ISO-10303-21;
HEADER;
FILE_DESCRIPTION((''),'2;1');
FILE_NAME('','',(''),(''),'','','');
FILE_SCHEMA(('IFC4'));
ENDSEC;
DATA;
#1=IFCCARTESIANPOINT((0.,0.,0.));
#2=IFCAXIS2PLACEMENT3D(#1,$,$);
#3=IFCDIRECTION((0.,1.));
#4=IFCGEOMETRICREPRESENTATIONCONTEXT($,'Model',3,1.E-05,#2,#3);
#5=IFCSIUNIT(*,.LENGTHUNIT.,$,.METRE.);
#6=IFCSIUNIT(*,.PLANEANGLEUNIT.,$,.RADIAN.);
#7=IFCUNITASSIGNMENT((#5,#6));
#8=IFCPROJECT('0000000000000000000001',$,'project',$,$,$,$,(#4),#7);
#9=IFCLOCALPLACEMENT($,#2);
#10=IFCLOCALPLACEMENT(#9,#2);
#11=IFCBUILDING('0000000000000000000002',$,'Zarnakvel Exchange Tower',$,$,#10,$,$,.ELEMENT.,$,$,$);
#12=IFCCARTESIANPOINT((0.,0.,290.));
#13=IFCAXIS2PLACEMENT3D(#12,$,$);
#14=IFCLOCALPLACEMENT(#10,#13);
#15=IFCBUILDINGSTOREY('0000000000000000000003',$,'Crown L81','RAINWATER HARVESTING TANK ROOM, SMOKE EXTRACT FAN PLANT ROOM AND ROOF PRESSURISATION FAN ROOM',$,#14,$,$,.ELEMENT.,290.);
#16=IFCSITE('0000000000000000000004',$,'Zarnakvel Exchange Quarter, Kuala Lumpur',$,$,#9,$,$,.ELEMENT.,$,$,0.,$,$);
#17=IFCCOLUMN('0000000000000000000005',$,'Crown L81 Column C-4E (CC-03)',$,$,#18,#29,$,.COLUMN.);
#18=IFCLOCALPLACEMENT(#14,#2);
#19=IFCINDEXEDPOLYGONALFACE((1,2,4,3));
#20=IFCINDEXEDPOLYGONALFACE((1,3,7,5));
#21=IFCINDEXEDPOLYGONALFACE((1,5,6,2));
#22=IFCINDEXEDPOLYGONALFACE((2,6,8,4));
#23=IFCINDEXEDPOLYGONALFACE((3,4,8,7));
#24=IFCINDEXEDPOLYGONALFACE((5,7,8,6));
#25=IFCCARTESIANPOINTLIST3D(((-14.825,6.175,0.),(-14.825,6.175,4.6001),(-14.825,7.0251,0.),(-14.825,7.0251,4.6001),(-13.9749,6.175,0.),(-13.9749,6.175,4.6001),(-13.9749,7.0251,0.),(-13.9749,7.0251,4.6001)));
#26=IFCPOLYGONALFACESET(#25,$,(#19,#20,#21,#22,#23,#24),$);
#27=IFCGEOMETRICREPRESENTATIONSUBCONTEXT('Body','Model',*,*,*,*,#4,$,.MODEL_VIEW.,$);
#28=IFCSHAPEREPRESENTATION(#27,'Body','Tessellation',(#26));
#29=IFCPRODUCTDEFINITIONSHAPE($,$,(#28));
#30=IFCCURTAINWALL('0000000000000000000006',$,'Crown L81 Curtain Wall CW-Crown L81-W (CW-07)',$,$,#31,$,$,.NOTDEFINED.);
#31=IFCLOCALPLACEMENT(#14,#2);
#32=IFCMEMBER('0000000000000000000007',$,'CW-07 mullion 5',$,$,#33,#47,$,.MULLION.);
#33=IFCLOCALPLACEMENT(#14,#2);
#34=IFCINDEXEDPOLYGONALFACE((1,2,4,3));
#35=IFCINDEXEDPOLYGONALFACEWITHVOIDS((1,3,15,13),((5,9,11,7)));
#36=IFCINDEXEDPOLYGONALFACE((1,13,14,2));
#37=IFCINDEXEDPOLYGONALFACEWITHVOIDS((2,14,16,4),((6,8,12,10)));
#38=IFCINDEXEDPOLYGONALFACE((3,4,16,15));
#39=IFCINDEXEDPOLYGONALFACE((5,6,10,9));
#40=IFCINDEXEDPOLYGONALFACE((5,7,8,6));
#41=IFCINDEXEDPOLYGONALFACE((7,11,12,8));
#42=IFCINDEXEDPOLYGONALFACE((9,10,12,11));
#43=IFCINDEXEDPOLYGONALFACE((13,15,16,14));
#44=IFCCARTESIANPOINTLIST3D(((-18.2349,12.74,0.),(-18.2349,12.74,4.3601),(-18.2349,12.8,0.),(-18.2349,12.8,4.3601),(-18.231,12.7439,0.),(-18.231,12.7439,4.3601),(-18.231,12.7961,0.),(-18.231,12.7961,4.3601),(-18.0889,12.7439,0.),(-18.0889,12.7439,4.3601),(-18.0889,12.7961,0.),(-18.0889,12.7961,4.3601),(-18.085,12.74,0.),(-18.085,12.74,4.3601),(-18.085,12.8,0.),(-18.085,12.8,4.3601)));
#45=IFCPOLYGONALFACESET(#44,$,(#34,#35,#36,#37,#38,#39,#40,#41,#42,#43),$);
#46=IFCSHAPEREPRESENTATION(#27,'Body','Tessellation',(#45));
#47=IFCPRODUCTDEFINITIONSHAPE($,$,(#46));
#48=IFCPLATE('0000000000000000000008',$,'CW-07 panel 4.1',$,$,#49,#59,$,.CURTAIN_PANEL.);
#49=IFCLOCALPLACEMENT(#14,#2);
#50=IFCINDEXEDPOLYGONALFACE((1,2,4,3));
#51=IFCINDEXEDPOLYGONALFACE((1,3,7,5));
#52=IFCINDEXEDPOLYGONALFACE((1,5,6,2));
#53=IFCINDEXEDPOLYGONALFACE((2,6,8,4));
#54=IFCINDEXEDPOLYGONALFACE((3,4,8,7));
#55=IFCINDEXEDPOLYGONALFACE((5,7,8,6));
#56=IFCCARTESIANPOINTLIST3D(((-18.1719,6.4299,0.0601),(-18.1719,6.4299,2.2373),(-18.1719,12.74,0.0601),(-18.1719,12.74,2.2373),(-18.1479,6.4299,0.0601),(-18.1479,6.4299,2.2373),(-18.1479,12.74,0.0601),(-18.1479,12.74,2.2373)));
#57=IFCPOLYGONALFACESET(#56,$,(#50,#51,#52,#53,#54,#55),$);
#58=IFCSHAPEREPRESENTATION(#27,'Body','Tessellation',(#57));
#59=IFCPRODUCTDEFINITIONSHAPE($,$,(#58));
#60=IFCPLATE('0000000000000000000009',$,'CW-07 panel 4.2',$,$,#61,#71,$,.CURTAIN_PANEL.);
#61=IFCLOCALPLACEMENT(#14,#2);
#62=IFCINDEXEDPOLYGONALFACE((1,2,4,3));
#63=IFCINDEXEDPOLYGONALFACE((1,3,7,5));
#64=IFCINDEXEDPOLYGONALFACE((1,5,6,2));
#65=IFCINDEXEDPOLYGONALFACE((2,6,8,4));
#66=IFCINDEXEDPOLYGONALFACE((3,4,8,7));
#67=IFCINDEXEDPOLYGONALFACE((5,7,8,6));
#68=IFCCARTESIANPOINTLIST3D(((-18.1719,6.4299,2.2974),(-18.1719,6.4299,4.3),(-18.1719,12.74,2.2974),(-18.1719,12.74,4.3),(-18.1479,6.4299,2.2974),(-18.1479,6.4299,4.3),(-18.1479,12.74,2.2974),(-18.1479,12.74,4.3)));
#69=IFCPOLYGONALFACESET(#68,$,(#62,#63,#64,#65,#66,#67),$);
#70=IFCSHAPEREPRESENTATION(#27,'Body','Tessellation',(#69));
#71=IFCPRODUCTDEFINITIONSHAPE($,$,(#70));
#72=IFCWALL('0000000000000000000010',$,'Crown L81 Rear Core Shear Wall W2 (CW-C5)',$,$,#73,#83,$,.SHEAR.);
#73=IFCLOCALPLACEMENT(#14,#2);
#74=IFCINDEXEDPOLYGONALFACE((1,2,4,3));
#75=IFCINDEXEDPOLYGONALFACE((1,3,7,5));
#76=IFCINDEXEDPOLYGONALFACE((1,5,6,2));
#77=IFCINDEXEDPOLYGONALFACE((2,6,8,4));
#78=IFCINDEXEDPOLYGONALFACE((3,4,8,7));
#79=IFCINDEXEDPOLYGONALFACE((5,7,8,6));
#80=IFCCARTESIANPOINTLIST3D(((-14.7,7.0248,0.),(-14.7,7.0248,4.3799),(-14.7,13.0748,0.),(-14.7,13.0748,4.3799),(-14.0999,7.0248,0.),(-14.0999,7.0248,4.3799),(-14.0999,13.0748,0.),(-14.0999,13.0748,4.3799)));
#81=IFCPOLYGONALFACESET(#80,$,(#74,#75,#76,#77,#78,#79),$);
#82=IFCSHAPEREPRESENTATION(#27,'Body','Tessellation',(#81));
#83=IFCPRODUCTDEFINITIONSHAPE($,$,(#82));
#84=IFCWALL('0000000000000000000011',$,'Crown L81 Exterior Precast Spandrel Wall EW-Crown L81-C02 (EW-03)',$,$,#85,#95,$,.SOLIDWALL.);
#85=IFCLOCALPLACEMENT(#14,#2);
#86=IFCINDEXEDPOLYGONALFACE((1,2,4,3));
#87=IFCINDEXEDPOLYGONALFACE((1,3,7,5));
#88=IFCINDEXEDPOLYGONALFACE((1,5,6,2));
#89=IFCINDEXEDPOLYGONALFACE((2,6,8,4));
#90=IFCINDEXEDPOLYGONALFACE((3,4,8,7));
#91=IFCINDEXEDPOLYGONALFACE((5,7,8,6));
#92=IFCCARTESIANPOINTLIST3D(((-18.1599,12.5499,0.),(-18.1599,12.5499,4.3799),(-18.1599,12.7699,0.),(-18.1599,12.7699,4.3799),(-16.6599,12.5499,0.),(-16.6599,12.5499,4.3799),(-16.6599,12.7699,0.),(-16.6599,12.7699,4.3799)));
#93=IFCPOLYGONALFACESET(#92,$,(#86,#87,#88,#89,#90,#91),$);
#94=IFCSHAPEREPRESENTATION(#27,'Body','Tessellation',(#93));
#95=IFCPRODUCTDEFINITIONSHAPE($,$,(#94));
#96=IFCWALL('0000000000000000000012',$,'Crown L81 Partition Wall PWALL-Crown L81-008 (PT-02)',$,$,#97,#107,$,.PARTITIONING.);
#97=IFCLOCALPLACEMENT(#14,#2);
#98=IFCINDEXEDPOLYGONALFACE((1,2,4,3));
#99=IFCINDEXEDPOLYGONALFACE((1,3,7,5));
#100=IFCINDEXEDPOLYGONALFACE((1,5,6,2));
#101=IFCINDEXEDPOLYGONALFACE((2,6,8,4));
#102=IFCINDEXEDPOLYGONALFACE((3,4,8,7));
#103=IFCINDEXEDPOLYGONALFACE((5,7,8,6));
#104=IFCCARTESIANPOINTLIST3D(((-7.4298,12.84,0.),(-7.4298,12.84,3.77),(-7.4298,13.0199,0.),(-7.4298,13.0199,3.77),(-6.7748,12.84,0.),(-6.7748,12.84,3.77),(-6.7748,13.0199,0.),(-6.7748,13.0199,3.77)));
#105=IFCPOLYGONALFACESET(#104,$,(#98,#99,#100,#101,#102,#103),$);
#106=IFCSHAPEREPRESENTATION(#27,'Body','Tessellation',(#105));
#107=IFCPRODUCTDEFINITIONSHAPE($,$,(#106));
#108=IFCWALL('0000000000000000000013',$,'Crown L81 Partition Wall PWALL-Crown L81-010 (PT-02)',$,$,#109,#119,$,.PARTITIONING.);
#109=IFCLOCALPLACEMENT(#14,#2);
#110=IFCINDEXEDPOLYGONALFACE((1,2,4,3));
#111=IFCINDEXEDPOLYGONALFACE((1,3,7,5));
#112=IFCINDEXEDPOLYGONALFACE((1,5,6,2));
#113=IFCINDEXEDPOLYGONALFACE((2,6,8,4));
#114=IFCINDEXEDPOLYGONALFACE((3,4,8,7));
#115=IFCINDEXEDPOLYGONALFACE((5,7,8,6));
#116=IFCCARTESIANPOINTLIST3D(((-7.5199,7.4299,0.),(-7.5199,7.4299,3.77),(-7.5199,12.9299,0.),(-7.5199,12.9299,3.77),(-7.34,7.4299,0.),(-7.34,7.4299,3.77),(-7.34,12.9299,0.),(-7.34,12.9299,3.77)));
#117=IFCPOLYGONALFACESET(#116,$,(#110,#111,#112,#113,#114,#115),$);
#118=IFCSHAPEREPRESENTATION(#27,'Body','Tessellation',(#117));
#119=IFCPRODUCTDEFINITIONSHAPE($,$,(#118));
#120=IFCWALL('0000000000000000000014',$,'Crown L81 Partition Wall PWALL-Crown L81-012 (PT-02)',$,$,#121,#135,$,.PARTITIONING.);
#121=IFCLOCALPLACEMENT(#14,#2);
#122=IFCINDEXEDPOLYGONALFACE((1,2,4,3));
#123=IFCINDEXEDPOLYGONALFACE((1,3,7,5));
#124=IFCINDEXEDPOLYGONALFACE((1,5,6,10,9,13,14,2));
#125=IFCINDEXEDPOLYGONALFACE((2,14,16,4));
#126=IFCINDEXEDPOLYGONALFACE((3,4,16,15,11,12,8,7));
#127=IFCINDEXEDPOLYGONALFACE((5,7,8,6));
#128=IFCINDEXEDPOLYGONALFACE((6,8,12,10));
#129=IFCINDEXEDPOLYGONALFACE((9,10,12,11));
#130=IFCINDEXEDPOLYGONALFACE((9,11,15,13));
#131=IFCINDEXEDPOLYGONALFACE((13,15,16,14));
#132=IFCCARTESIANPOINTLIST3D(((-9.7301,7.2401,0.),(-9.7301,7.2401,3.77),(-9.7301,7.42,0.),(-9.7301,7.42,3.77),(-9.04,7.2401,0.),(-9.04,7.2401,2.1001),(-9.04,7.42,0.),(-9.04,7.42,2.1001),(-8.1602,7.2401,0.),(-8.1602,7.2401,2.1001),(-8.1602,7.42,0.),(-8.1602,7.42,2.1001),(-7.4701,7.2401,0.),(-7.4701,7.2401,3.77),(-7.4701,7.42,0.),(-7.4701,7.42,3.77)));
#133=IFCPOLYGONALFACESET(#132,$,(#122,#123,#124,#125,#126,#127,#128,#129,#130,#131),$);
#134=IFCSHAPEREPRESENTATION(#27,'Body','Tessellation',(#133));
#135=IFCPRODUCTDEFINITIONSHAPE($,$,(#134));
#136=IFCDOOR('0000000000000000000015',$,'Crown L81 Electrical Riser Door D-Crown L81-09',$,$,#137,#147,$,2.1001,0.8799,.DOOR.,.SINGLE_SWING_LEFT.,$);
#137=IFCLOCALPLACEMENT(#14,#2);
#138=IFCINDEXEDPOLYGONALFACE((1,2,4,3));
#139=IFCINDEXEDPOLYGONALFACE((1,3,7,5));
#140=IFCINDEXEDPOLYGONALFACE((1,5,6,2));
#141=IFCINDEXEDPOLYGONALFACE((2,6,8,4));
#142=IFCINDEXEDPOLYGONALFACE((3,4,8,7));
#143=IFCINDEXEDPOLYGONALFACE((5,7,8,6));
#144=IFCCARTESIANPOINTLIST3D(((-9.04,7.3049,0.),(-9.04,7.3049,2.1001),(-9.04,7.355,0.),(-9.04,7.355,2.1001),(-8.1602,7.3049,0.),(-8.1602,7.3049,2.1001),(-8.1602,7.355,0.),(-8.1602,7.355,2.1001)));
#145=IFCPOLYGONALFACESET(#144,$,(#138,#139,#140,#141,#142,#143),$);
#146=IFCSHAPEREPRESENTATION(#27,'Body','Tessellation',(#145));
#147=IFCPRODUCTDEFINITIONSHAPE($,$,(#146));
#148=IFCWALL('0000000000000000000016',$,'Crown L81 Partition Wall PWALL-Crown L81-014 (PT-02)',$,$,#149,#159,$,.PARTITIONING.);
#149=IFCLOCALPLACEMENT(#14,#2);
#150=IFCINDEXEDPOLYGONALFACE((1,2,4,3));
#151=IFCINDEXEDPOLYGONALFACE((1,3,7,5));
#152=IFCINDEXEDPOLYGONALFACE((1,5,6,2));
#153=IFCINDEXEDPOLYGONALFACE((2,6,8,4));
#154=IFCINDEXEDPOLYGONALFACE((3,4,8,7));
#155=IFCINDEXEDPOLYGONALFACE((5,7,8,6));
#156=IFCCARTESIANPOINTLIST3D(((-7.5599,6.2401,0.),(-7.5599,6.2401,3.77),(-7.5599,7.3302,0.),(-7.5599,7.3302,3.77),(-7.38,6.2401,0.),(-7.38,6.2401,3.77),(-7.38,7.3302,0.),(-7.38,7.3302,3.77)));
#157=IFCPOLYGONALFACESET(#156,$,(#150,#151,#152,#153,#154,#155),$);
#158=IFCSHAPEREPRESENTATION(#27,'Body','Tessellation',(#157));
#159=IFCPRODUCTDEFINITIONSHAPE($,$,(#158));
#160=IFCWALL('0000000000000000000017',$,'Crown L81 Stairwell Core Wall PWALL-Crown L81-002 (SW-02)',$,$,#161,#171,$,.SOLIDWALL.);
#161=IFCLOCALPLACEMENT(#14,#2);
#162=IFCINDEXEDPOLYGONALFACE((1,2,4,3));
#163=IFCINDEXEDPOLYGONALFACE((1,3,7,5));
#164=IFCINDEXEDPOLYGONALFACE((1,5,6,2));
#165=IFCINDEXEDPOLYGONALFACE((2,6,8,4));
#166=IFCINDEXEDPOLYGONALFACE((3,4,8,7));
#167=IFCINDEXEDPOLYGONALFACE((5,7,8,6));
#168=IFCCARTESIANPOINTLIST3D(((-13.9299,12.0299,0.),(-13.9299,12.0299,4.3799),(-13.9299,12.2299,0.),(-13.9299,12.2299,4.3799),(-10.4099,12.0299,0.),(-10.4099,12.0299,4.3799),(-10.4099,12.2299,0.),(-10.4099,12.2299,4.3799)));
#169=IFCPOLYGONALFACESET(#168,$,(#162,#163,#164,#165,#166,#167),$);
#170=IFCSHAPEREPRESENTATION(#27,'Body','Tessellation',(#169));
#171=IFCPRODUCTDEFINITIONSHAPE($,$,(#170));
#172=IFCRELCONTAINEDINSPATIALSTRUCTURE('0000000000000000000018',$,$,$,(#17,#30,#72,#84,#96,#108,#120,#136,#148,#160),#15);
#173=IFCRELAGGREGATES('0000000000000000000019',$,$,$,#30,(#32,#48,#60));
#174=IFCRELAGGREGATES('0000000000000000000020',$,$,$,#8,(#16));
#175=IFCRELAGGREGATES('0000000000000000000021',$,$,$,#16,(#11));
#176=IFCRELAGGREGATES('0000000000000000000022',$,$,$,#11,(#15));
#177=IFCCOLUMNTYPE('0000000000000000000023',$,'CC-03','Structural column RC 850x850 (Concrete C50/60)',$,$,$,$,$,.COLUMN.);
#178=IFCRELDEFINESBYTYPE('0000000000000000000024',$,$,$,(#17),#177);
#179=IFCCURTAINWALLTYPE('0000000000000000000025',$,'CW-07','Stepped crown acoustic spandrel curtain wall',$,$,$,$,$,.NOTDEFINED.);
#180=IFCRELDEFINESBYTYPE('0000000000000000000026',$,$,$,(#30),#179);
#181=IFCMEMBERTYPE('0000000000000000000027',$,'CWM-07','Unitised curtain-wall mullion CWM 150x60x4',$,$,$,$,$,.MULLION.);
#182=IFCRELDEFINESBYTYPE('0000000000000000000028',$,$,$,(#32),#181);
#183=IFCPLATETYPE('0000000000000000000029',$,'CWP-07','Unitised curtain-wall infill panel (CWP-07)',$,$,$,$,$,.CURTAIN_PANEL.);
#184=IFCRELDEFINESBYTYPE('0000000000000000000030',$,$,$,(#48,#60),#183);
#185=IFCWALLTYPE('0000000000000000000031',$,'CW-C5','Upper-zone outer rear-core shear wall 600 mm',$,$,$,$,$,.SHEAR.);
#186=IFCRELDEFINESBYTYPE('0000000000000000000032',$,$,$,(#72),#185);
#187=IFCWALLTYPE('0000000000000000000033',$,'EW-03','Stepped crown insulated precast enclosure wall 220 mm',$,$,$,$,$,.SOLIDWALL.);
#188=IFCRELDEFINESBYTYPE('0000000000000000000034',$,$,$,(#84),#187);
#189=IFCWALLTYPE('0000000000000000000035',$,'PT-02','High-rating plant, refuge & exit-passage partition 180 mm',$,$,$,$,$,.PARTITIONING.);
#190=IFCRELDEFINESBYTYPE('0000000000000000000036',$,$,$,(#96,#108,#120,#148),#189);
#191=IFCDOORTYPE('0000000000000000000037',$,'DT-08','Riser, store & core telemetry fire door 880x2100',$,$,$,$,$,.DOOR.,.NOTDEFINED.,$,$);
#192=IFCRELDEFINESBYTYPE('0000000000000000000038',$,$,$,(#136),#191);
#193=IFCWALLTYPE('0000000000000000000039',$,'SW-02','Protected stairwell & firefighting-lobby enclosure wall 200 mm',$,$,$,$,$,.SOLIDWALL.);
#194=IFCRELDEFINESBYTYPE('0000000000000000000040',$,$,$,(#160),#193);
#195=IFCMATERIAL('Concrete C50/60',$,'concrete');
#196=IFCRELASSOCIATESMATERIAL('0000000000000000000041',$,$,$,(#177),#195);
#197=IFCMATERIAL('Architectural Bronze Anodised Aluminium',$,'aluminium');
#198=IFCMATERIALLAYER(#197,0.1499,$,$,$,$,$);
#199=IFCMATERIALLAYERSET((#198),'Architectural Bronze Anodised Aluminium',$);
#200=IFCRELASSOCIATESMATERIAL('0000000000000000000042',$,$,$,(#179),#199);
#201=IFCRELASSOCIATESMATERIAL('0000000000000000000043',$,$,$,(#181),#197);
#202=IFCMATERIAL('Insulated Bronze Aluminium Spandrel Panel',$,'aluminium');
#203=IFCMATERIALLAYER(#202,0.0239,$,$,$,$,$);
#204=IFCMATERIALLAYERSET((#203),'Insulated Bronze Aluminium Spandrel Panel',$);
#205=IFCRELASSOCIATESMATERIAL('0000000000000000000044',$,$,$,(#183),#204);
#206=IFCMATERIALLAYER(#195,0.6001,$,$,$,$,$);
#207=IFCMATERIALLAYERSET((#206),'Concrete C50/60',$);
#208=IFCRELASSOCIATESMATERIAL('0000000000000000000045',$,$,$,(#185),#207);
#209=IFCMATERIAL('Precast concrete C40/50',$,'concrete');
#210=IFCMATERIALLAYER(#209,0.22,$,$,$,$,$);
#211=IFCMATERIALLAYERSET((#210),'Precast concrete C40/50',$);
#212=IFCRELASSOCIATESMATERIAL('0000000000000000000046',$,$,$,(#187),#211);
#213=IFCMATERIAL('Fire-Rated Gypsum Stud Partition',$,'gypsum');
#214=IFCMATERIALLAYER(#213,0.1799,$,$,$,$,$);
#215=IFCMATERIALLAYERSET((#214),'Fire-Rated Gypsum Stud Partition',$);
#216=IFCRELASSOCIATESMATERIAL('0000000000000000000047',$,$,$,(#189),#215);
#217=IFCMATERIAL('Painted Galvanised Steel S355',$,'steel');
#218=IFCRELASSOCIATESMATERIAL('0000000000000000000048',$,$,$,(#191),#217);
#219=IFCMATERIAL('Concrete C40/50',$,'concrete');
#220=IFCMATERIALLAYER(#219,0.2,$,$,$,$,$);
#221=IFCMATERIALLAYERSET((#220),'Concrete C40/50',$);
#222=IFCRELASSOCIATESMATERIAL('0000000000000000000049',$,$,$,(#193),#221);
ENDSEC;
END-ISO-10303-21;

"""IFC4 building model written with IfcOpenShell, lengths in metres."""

from ifc_helpers import new_model, si_unit, direction, frame, frame_2d, origin, origin_2d, place, context, subcontext, project, spatial, rectangle, hollow_rectangle, extrude, source, transform, mapped, material, layer, layer_set, material_profile, profile_set, type_object, element, fill, aggregate, save


model = new_model("IFC4")

# Units and contexts
model_context = context("Model", 3, precision=1e-05, world=origin(), true_north=direction((0.0, 1.0)))
body_context = subcontext(model_context, "Body", "Model", "MODEL_VIEW")
ifc_project = project(units=[si_unit("LENGTHUNIT", "METRE"), si_unit("PLANEANGLEUNIT", "RADIAN")], contexts=[model_context])

# Site, building, storey
site_placement = place(None, origin())
site = spatial("IfcSite", under=ifc_project, at=site_placement, Name="Zarnakvel Exchange Quarter, Kuala Lumpur", CompositionType="ELEMENT", RefElevation=0.0)
building_placement = place(site_placement, origin())
building = spatial("IfcBuilding", under=site, at=building_placement, Name="Zarnakvel Exchange Tower", CompositionType="ELEMENT")
storey_placement = place(building_placement, frame((0.0, 0.0, 290.0)))
storey = spatial("IfcBuildingStorey", under=building, at=storey_placement, Name="Crown L81", Description="RAINWATER HARVESTING TANK ROOM, SMOKE EXTRACT FAN PLANT ROOM AND ROOF PRESSURISATION FAN ROOM", CompositionType="ELEMENT", Elevation=290.0)

# Column
ifc_material_1 = material(Name="Concrete C50/60", Category="concrete")
ifc_material_profile_1 = material_profile(ifc_material_1, rectangle(XDim=0.8501, YDim=0.8501, at=origin_2d()))
ifc_profile_set_1 = profile_set([ifc_material_profile_1], Name="Concrete C50/60")
column_type = type_object("IfcColumnType", Name="CC-03", Description="Structural column RC 850x850 (Concrete C50/60)", PredefinedType="COLUMN", material=ifc_profile_set_1)
column_placement = place(storey_placement, frame((-14.3999, 6.6001, 0.0), z_axis=(0.0, 0.0, 1.0), x_axis=(1.0, 0.0, 0.0)))
element("IfcColumn", 1, at=column_placement, inside=storey, type_object=column_type, Name="Crown L81 Column C-4E (CC-03)", PredefinedType="COLUMN", context=body_context, shape_type="SweptSolid", body=[
    extrude(rectangle(XDim=0.8501, YDim=0.8501, at=origin_2d()), origin(), (0.0, 0.0, 1.0), 4.6001),
])

# Curtain wall, member, plates
ifc_material_2 = material(Name="Architectural Bronze Anodised Aluminium", Category="aluminium")
ifc_layer_1 = layer(ifc_material_2, 0.1499)
ifc_layer_set_1 = layer_set([ifc_layer_1], Name="Architectural Bronze Anodised Aluminium")
curtain_wall_type = type_object("IfcCurtainWallType", Name="CW-07", Description="Stepped crown acoustic spandrel curtain wall", PredefinedType="NOTDEFINED", material=ifc_layer_set_1)
curtain_wall_placement = place(storey_placement, origin())
curtain_wall = element("IfcCurtainWall", 2, at=curtain_wall_placement, inside=storey, type_object=curtain_wall_type, Name="Crown L81 Curtain Wall CW-Crown L81-W (CW-07)", PredefinedType="NOTDEFINED")
ifc_material_profile_2 = material_profile(ifc_material_2, hollow_rectangle(XDim=0.1499, YDim=0.0601, WallThickness=0.0039, at=origin_2d()))
ifc_profile_set_2 = profile_set([ifc_material_profile_2], Name="Architectural Bronze Anodised Aluminium")
member_type = type_object("IfcMemberType", Name="CWM-07", Description="Unitised curtain-wall mullion CWM 150x60x4", PredefinedType="MULLION", material=ifc_profile_set_2)
shared_shape_1 = source(origin(), body_context, "Body", "SweptSolid", [
    extrude(hollow_rectangle(XDim=0.1499, YDim=0.0601, WallThickness=0.0039, at=origin_2d()), origin(), (0.0, 0.0, 1.0), 4.3601),
])
member_placement = place(storey_placement, frame((-18.1599, 12.77, 0.0), z_axis=(0.0, 0.0, 1.0), x_axis=(-1.0, 0.0, 0.0)))
member = element("IfcMember", 3, at=member_placement, type_object=member_type, Name="CW-07 mullion 5", PredefinedType="MULLION", context=body_context, shape_type="MappedRepresentation", body=[
    mapped(shared_shape_1, transform((0.0, 0.0, 0.0), x_axis=(1.0, 0.0, 0.0), y_axis=(0.0, 1.0, 0.0), z_axis=(0.0, 0.0, 1.0), scale=1.0)),
])
ifc_material_3 = material(Name="Insulated Bronze Aluminium Spandrel Panel", Category="aluminium")
ifc_layer_2 = layer(ifc_material_3, 0.0239)
ifc_layer_set_2 = layer_set([ifc_layer_2], Name="Insulated Bronze Aluminium Spandrel Panel")
plate_type = type_object("IfcPlateType", Name="CWP-07", Description="Unitised curtain-wall infill panel (CWP-07)", PredefinedType="CURTAIN_PANEL", material=ifc_layer_set_2)
shared_shape_2 = source(origin(), body_context, "Body", "SweptSolid", [
    extrude(rectangle(XDim=6.3101, YDim=0.0239, at=origin_2d()), origin(), (0.0, 0.0, 1.0), 2.1772),
])
plate_1_placement = place(storey_placement, frame((-18.1599, 9.585, 0.0601), z_axis=(0.0, 0.0, 1.0), x_axis=(0.0, 1.0, 0.0)))
plate_1 = element("IfcPlate", 4, at=plate_1_placement, type_object=plate_type, Name="CW-07 panel 4.1", PredefinedType="CURTAIN_PANEL", context=body_context, shape_type="MappedRepresentation", body=[
    mapped(shared_shape_2, transform((0.0, 0.0, 0.0), x_axis=(1.0, 0.0, 0.0), y_axis=(0.0, 1.0, 0.0), z_axis=(0.0, 0.0, 1.0), scale=1.0)),
])
shared_shape_3 = source(origin(), body_context, "Body", "SweptSolid", [
    extrude(rectangle(XDim=6.3101, YDim=0.0239, at=origin_2d()), origin(), (0.0, 0.0, 1.0), 2.0027),
])
plate_2_placement = place(storey_placement, frame((-18.1599, 9.585, 2.2974), z_axis=(0.0, 0.0, 1.0), x_axis=(0.0, 1.0, 0.0)))
plate_2 = element("IfcPlate", 5, at=plate_2_placement, type_object=plate_type, Name="CW-07 panel 4.2", PredefinedType="CURTAIN_PANEL", context=body_context, shape_type="MappedRepresentation", body=[
    mapped(shared_shape_3, transform((0.0, 0.0, 0.0), x_axis=(1.0, 0.0, 0.0), y_axis=(0.0, 1.0, 0.0), z_axis=(0.0, 0.0, 1.0), scale=1.0)),
])
aggregate(curtain_wall, [member, plate_1, plate_2])

# Walls
ifc_layer_3 = layer(ifc_material_1, 0.6001)
ifc_layer_set_3 = layer_set([ifc_layer_3], Name="Concrete C50/60")
wall_type_1 = type_object("IfcWallType", Name="CW-C5", Description="Upper-zone outer rear-core shear wall 600 mm", PredefinedType="SHEAR", material=ifc_layer_set_3)
wall_1_placement = place(storey_placement, frame((-14.3999, 7.0249, 0.0), z_axis=(0.0, 0.0, 1.0), x_axis=(0.0, 1.0, 0.0)))
element("IfcWall", 6, at=wall_1_placement, inside=storey, type_object=wall_type_1, Name="Crown L81 Rear Core Shear Wall W2 (CW-C5)", PredefinedType="SHEAR", context=body_context, shape_type="SweptSolid", body=[
    extrude(rectangle(XDim=6.05, YDim=0.6001, at=frame_2d((3.0249, 0.0))), origin(), (0.0, 0.0, 1.0), 4.3799),
])
ifc_material_4 = material(Name="Precast concrete C40/50", Category="concrete")
ifc_layer_4 = layer(ifc_material_4, 0.22)
ifc_layer_set_4 = layer_set([ifc_layer_4], Name="Precast concrete C40/50")
wall_type_2 = type_object("IfcWallType", Name="EW-03", Description="Stepped crown insulated precast enclosure wall 220 mm", PredefinedType="SOLIDWALL", material=ifc_layer_set_4)
wall_2_placement = place(storey_placement, frame((-16.6599, 12.6599, 0.0), z_axis=(0.0, 0.0, 1.0), x_axis=(-1.0, 0.0, 0.0)))
element("IfcWall", 7, at=wall_2_placement, inside=storey, type_object=wall_type_2, Name="Crown L81 Exterior Precast Spandrel Wall EW-Crown L81-C02 (EW-03)", PredefinedType="SOLIDWALL", context=body_context, shape_type="SweptSolid", body=[
    extrude(rectangle(XDim=1.5, YDim=0.22, at=frame_2d((0.75, 0.0))), origin(), (0.0, 0.0, 1.0), 4.3799),
])
ifc_material_5 = material(Name="Fire-Rated Gypsum Stud Partition", Category="gypsum")
ifc_layer_5 = layer(ifc_material_5, 0.1799)
ifc_layer_set_5 = layer_set([ifc_layer_5], Name="Fire-Rated Gypsum Stud Partition")
wall_type_3 = type_object("IfcWallType", Name="PT-02", Description="High-rating plant, refuge & exit-passage partition 180 mm", PredefinedType="PARTITIONING", material=ifc_layer_set_5)
wall_3_placement = place(storey_placement, frame((-7.4299, 12.9299, 0.0), z_axis=(0.0, 0.0, 1.0), x_axis=(1.0, 0.0, 0.0)))
element("IfcWall", 8, at=wall_3_placement, inside=storey, type_object=wall_type_3, Name="Crown L81 Partition Wall PWALL-Crown L81-008 (PT-02)", PredefinedType="PARTITIONING", context=body_context, shape_type="SweptSolid", body=[
    extrude(rectangle(XDim=0.655, YDim=0.1799, at=frame_2d((0.3276, 0.0))), origin(), (0.0, 0.0, 1.0), 3.77),
])
wall_4_placement = place(storey_placement, frame((-7.4299, 7.4299, 0.0), z_axis=(0.0, 0.0, 1.0), x_axis=(0.0, 1.0, 0.0)))
element("IfcWall", 9, at=wall_4_placement, inside=storey, type_object=wall_type_3, Name="Crown L81 Partition Wall PWALL-Crown L81-010 (PT-02)", PredefinedType="PARTITIONING", context=body_context, shape_type="SweptSolid", body=[
    extrude(rectangle(XDim=5.5, YDim=0.1799, at=frame_2d((2.75, 0.0))), origin(), (0.0, 0.0, 1.0), 3.77),
])

# Wall, opening, door
wall_5_placement = place(storey_placement, frame((-9.73, 7.3301, 0.0), z_axis=(0.0, 0.0, 1.0), x_axis=(1.0, 0.0, 0.0)))
wall_5 = element("IfcWall", 10, at=wall_5_placement, inside=storey, type_object=wall_type_3, Name="Crown L81 Partition Wall PWALL-Crown L81-012 (PT-02)", PredefinedType="PARTITIONING", context=body_context, shape_type="SweptSolid", body=[
    extrude(rectangle(XDim=2.26, YDim=0.1799, at=frame_2d((1.1299, 0.0))), origin(), (0.0, 0.0, 1.0), 3.77),
])
opening_placement = place(wall_5_placement, frame((0.6899, 0.0, 0.0)))
opening = element("IfcOpeningElement", 11, at=opening_placement, cuts=wall_5, PredefinedType="OPENING", context=body_context, shape_type="SweptSolid", body=[
    extrude(rectangle(XDim=0.8799, YDim=2.1001, at=frame_2d((0.4399, 1.05))), frame((0.0, 0.0999, 0.0), z_axis=(0.0, -1.0, 0.0), x_axis=(1.0, 0.0, 0.0)), (0.0, 0.0, 1.0), 0.2),
])
ifc_material_6 = material(Name="Painted Galvanised Steel S355", Category="steel")
door_type = type_object("IfcDoorType", Name="DT-08", Description="Riser, store & core telemetry fire door 880x2100", OperationType="NOTDEFINED", PredefinedType="DOOR", material=ifc_material_6)
shared_shape_4 = source(origin(), body_context, "Body", "SweptSolid", [
    extrude(rectangle(XDim=0.8799, YDim=2.1001, at=frame_2d((0.4399, 1.05))), frame((0.0, 0.0249, 0.0), z_axis=(0.0, -1.0, 0.0), x_axis=(1.0, 0.0, 0.0)), (0.0, 0.0, 1.0), 0.05),
])
door_placement = place(opening_placement, origin())
door = element("IfcDoor", 12, at=door_placement, inside=storey, type_object=door_type, Name="Crown L81 Electrical Riser Door D-Crown L81-09", OperationType="SINGLE_SWING_LEFT", OverallHeight=2.1001, OverallWidth=0.8799, PredefinedType="DOOR", context=body_context, shape_type="MappedRepresentation", body=[
    mapped(shared_shape_4, transform((0.0, 0.0, 0.0), x_axis=(1.0, 0.0, 0.0), y_axis=(0.0, 1.0, 0.0), z_axis=(0.0, 0.0, 1.0), scale=1.0)),
])
fill(opening, door)

# Walls
wall_6_placement = place(storey_placement, frame((-7.47, 7.3301, 0.0), z_axis=(0.0, 0.0, 1.0), x_axis=(0.0, -1.0, 0.0)))
element("IfcWall", 13, at=wall_6_placement, inside=storey, type_object=wall_type_3, Name="Crown L81 Partition Wall PWALL-Crown L81-014 (PT-02)", PredefinedType="PARTITIONING", context=body_context, shape_type="SweptSolid", body=[
    extrude(rectangle(XDim=1.0901, YDim=0.1799, at=frame_2d((0.5449, 0.0))), origin(), (0.0, 0.0, 1.0), 3.77),
])
ifc_material_7 = material(Name="Concrete C40/50", Category="concrete")
ifc_layer_6 = layer(ifc_material_7, 0.2)
ifc_layer_set_6 = layer_set([ifc_layer_6], Name="Concrete C40/50")
wall_type_4 = type_object("IfcWallType", Name="SW-02", Description="Protected stairwell & firefighting-lobby enclosure wall 200 mm", PredefinedType="SOLIDWALL", material=ifc_layer_set_6)
wall_7_placement = place(storey_placement, frame((-13.9299, 12.1299, 0.0), z_axis=(0.0, 0.0, 1.0), x_axis=(1.0, 0.0, 0.0)))
element("IfcWall", 14, at=wall_7_placement, inside=storey, type_object=wall_type_4, Name="Crown L81 Stairwell Core Wall PWALL-Crown L81-002 (SW-02)", PredefinedType="SOLIDWALL", context=body_context, shape_type="SweptSolid", body=[
    extrude(rectangle(XDim=3.52, YDim=0.2, at=frame_2d((1.76, 0.0))), origin(), (0.0, 0.0, 1.0), 4.3799),
])

save(model, "model.ifc")
